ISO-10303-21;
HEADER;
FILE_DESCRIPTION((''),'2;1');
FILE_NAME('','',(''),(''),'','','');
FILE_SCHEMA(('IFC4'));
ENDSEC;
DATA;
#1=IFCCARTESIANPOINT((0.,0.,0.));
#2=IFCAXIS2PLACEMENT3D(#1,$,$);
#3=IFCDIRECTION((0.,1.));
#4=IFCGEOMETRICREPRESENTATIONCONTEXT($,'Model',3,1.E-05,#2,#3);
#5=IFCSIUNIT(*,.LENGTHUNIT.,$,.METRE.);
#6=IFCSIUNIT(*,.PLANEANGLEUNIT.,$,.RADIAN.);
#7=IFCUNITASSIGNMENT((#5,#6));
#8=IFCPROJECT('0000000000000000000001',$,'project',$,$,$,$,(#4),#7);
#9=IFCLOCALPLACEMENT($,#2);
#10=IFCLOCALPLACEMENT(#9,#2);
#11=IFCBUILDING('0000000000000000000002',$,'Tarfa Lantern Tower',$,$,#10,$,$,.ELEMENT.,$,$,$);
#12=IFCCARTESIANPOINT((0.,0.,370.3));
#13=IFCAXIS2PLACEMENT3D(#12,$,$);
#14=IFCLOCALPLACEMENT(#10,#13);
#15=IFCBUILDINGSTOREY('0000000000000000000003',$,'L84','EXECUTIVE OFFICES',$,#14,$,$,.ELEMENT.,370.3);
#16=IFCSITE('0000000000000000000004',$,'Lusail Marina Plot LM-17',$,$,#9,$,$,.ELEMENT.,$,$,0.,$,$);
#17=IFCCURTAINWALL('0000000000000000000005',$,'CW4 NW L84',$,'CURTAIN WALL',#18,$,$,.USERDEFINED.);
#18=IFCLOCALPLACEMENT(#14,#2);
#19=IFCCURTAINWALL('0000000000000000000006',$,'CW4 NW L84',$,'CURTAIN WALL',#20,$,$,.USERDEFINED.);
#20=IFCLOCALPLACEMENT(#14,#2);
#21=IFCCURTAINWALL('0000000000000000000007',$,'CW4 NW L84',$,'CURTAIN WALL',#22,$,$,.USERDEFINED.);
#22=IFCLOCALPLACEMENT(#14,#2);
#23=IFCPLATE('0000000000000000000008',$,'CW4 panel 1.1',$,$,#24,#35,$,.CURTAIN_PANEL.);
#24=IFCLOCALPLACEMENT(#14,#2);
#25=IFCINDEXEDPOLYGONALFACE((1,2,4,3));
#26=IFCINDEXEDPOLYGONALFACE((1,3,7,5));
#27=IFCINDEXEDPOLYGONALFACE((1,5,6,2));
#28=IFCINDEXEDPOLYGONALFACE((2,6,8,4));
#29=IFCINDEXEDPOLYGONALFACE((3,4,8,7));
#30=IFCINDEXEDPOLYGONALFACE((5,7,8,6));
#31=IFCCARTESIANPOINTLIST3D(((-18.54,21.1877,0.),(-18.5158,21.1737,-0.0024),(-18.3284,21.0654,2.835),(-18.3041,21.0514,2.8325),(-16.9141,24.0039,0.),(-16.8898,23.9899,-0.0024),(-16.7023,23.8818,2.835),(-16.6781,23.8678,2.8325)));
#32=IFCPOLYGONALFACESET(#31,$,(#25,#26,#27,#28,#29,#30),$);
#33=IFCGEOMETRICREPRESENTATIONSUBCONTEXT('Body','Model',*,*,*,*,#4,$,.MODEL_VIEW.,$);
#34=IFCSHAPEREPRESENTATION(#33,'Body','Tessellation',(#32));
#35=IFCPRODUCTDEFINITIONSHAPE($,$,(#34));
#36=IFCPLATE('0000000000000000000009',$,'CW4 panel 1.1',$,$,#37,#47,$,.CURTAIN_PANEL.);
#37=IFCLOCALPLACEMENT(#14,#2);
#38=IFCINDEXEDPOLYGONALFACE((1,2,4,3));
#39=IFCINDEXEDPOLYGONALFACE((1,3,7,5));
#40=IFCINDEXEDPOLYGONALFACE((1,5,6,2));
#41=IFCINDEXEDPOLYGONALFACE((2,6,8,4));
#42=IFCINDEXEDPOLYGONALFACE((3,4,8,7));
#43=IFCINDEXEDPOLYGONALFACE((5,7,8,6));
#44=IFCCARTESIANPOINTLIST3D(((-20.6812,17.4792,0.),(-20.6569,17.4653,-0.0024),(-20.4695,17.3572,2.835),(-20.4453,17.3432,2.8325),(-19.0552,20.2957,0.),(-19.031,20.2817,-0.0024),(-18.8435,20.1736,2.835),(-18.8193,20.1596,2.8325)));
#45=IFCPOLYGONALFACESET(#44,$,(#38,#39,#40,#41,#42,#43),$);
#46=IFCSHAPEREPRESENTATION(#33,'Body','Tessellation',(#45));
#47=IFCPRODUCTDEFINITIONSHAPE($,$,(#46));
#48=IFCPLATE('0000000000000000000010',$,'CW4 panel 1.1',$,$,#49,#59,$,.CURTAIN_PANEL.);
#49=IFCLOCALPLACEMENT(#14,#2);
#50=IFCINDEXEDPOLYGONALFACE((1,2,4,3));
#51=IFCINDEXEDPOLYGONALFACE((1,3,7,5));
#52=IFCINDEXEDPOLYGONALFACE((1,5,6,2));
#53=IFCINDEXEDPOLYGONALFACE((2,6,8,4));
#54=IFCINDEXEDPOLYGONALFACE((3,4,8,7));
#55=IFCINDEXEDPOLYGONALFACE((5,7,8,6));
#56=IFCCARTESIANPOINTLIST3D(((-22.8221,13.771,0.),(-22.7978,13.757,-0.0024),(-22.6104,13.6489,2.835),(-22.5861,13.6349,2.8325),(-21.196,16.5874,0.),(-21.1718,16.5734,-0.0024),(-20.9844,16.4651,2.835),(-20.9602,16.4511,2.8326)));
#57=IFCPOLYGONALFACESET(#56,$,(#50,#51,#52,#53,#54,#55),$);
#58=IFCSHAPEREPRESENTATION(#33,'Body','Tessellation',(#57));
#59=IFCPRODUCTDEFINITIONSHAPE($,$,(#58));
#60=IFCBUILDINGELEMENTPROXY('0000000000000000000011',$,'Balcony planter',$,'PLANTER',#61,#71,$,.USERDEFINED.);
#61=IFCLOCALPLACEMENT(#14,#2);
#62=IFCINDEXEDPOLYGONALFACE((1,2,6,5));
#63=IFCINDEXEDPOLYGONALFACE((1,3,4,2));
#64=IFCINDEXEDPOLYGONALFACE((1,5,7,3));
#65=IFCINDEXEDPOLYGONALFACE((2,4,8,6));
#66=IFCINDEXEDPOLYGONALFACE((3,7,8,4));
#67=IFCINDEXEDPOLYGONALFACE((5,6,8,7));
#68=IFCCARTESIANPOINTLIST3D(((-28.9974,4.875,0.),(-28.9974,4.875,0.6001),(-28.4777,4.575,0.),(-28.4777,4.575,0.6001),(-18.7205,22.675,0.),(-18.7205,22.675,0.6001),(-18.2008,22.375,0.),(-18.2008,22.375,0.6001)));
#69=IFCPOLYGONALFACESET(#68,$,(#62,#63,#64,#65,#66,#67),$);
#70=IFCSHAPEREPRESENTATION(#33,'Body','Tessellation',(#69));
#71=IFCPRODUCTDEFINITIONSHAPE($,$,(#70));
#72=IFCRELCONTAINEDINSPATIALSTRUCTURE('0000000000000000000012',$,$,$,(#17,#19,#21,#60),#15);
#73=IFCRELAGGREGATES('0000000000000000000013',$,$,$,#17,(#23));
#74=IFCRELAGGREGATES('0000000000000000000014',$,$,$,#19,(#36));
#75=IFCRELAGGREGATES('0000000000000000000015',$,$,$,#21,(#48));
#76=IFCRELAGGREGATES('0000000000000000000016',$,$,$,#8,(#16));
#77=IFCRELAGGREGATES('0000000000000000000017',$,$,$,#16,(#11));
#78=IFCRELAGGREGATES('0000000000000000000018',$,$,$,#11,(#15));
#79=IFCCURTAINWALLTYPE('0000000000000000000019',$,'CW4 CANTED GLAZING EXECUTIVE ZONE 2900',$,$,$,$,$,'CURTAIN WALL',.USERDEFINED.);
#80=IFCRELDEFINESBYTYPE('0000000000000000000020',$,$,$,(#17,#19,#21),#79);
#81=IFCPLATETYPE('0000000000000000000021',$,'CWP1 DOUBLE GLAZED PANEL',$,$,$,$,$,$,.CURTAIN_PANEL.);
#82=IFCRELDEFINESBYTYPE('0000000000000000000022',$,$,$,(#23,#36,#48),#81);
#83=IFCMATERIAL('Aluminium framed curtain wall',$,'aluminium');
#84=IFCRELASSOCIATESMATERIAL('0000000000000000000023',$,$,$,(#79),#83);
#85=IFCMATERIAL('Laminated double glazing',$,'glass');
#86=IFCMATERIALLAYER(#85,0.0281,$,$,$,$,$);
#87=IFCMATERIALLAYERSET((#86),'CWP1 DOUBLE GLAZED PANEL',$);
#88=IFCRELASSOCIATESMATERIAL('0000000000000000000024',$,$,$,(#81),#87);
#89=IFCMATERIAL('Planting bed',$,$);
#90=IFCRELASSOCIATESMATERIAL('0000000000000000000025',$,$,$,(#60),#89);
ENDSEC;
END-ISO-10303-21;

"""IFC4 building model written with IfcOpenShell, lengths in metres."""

from ifc_helpers import new_model, si_unit, direction, frame, origin, origin_2d, place, context, subcontext, project, spatial, polyline, rectangle, outline, extrude, material, layer, layer_set, type_object, element, aggregate, save


model = new_model("IFC4")

# Units and contexts
model_context = context("Model", 3, precision=1e-05, world=origin(), true_north=direction((0.0, 1.0)))
body_context = subcontext(model_context, "Body", "Model", "MODEL_VIEW")
ifc_project = project(units=[si_unit("LENGTHUNIT", "METRE"), si_unit("PLANEANGLEUNIT", "RADIAN")], contexts=[model_context])

# Site, building, storey
site_placement = place(None, origin())
site = spatial("IfcSite", under=ifc_project, at=site_placement, Name="Lusail Marina Plot LM-17", CompositionType="ELEMENT", RefElevation=0.0)
building_placement = place(site_placement, origin())
building = spatial("IfcBuilding", under=site, at=building_placement, Name="Tarfa Lantern Tower", CompositionType="ELEMENT")
storey_placement = place(building_placement, frame((0.0, 0.0, 370.3)))
storey = spatial("IfcBuildingStorey", under=building, at=storey_placement, Name="L84", Description="EXECUTIVE OFFICES", CompositionType="ELEMENT", Elevation=370.3)

# Curtain walls
ifc_material_1 = material(Name="Aluminium framed curtain wall", Category="aluminium")
curtain_wall_type = type_object("IfcCurtainWallType", Name="CW4 CANTED GLAZING EXECUTIVE ZONE 2900", ElementType="CURTAIN WALL", PredefinedType="USERDEFINED", material=ifc_material_1)
curtain_wall_1_placement = place(storey_placement, origin())
curtain_wall_1 = element("IfcCurtainWall", 1, at=curtain_wall_1_placement, inside=storey, type_object=curtain_wall_type, Name="CW4 NW L84", ObjectType="CURTAIN WALL", PredefinedType="USERDEFINED")
curtain_wall_2_placement = place(storey_placement, origin())
curtain_wall_2 = element("IfcCurtainWall", 2, at=curtain_wall_2_placement, inside=storey, type_object=curtain_wall_type, Name="CW4 NW L84", ObjectType="CURTAIN WALL", PredefinedType="USERDEFINED")
curtain_wall_3_placement = place(storey_placement, origin())
curtain_wall_3 = element("IfcCurtainWall", 3, at=curtain_wall_3_placement, inside=storey, type_object=curtain_wall_type, Name="CW4 NW L84", ObjectType="CURTAIN WALL", PredefinedType="USERDEFINED")

# Plates
ifc_material_2 = material(Name="Laminated double glazing", Category="glass")
ifc_layer = layer(ifc_material_2, 0.0281)
ifc_layer_set = layer_set([ifc_layer], Name="CWP1 DOUBLE GLAZED PANEL")
plate_type = type_object("IfcPlateType", Name="CWP1 DOUBLE GLAZED PANEL", PredefinedType="CURTAIN_PANEL", material=ifc_layer_set)
plate_1_placement = place(storey_placement, frame((-16.9141, 24.0039, 0.0), z_axis=(-0.862826, 0.498151, 0.085893), x_axis=(-0.499999, -0.866026, -0.000002)))
plate_1 = element("IfcPlate", 4, at=plate_1_placement, type_object=plate_type, Name="CW4 panel 1.1", PredefinedType="CURTAIN_PANEL", context=body_context, shape_type="SweptSolid", body=[
    extrude(outline(polyline([(0.0, 0.0), (3.2519, 0.0), (3.2519, 2.8455), (-0.0001, 2.8455), (0.0, 0.0)])), origin(), (0.0, 0.0, -1.0), 0.0281),
])
aggregate(curtain_wall_1, [plate_1])
plate_2_placement = place(storey_placement, frame((-19.0552, 20.2957, 0.0), z_axis=(-0.862837, 0.498136, 0.085872), x_axis=(-0.499982, -0.866036, 0.0)))
plate_2 = element("IfcPlate", 5, at=plate_2_placement, type_object=plate_type, Name="CW4 panel 1.1", PredefinedType="CURTAIN_PANEL", context=body_context, shape_type="SweptSolid", body=[
    extrude(outline(polyline([(0.0, 0.0), (3.2521, 0.0), (3.252, 2.8455), (-0.0001, 2.8455), (0.0, 0.0)])), origin(), (0.0, 0.0, -1.0), 0.0281),
])
aggregate(curtain_wall_2, [plate_2])
plate_3_placement = place(storey_placement, frame((-21.196, 16.5874, 0.0), z_axis=(-0.862826, 0.498151, 0.085893), x_axis=(-0.499999, -0.866026, 0.000002)))
plate_3 = element("IfcPlate", 6, at=plate_3_placement, type_object=plate_type, Name="CW4 panel 1.1", PredefinedType="CURTAIN_PANEL", context=body_context, shape_type="SweptSolid", body=[
    extrude(outline(polyline([(0.0, 0.0), (3.2521, 0.0), (3.252, 2.8455), (0.0001, 2.8455), (0.0, 0.0)])), origin(), (0.0, 0.0, -1.0), 0.0281),
])
aggregate(curtain_wall_3, [plate_3])

# Building element proxy
ifc_material_3 = material(Name="Planting bed")
proxy_placement = place(storey_placement, frame((-23.5991, 13.625, 0.0), z_axis=(0.0, 0.0, 1.0), x_axis=(-0.5, -0.866025, 0.0)))
element("IfcBuildingElementProxy", 7, at=proxy_placement, inside=storey, material=ifc_material_3, Name="Balcony planter", ObjectType="PLANTER", PredefinedType="USERDEFINED", context=body_context, shape_type="SweptSolid", body=[
    extrude(rectangle(XDim=20.5537, YDim=0.6001, at=origin_2d()), origin(), (0.0, 0.0, 1.0), 0.6001),
])

save(model, "model.ifc")
